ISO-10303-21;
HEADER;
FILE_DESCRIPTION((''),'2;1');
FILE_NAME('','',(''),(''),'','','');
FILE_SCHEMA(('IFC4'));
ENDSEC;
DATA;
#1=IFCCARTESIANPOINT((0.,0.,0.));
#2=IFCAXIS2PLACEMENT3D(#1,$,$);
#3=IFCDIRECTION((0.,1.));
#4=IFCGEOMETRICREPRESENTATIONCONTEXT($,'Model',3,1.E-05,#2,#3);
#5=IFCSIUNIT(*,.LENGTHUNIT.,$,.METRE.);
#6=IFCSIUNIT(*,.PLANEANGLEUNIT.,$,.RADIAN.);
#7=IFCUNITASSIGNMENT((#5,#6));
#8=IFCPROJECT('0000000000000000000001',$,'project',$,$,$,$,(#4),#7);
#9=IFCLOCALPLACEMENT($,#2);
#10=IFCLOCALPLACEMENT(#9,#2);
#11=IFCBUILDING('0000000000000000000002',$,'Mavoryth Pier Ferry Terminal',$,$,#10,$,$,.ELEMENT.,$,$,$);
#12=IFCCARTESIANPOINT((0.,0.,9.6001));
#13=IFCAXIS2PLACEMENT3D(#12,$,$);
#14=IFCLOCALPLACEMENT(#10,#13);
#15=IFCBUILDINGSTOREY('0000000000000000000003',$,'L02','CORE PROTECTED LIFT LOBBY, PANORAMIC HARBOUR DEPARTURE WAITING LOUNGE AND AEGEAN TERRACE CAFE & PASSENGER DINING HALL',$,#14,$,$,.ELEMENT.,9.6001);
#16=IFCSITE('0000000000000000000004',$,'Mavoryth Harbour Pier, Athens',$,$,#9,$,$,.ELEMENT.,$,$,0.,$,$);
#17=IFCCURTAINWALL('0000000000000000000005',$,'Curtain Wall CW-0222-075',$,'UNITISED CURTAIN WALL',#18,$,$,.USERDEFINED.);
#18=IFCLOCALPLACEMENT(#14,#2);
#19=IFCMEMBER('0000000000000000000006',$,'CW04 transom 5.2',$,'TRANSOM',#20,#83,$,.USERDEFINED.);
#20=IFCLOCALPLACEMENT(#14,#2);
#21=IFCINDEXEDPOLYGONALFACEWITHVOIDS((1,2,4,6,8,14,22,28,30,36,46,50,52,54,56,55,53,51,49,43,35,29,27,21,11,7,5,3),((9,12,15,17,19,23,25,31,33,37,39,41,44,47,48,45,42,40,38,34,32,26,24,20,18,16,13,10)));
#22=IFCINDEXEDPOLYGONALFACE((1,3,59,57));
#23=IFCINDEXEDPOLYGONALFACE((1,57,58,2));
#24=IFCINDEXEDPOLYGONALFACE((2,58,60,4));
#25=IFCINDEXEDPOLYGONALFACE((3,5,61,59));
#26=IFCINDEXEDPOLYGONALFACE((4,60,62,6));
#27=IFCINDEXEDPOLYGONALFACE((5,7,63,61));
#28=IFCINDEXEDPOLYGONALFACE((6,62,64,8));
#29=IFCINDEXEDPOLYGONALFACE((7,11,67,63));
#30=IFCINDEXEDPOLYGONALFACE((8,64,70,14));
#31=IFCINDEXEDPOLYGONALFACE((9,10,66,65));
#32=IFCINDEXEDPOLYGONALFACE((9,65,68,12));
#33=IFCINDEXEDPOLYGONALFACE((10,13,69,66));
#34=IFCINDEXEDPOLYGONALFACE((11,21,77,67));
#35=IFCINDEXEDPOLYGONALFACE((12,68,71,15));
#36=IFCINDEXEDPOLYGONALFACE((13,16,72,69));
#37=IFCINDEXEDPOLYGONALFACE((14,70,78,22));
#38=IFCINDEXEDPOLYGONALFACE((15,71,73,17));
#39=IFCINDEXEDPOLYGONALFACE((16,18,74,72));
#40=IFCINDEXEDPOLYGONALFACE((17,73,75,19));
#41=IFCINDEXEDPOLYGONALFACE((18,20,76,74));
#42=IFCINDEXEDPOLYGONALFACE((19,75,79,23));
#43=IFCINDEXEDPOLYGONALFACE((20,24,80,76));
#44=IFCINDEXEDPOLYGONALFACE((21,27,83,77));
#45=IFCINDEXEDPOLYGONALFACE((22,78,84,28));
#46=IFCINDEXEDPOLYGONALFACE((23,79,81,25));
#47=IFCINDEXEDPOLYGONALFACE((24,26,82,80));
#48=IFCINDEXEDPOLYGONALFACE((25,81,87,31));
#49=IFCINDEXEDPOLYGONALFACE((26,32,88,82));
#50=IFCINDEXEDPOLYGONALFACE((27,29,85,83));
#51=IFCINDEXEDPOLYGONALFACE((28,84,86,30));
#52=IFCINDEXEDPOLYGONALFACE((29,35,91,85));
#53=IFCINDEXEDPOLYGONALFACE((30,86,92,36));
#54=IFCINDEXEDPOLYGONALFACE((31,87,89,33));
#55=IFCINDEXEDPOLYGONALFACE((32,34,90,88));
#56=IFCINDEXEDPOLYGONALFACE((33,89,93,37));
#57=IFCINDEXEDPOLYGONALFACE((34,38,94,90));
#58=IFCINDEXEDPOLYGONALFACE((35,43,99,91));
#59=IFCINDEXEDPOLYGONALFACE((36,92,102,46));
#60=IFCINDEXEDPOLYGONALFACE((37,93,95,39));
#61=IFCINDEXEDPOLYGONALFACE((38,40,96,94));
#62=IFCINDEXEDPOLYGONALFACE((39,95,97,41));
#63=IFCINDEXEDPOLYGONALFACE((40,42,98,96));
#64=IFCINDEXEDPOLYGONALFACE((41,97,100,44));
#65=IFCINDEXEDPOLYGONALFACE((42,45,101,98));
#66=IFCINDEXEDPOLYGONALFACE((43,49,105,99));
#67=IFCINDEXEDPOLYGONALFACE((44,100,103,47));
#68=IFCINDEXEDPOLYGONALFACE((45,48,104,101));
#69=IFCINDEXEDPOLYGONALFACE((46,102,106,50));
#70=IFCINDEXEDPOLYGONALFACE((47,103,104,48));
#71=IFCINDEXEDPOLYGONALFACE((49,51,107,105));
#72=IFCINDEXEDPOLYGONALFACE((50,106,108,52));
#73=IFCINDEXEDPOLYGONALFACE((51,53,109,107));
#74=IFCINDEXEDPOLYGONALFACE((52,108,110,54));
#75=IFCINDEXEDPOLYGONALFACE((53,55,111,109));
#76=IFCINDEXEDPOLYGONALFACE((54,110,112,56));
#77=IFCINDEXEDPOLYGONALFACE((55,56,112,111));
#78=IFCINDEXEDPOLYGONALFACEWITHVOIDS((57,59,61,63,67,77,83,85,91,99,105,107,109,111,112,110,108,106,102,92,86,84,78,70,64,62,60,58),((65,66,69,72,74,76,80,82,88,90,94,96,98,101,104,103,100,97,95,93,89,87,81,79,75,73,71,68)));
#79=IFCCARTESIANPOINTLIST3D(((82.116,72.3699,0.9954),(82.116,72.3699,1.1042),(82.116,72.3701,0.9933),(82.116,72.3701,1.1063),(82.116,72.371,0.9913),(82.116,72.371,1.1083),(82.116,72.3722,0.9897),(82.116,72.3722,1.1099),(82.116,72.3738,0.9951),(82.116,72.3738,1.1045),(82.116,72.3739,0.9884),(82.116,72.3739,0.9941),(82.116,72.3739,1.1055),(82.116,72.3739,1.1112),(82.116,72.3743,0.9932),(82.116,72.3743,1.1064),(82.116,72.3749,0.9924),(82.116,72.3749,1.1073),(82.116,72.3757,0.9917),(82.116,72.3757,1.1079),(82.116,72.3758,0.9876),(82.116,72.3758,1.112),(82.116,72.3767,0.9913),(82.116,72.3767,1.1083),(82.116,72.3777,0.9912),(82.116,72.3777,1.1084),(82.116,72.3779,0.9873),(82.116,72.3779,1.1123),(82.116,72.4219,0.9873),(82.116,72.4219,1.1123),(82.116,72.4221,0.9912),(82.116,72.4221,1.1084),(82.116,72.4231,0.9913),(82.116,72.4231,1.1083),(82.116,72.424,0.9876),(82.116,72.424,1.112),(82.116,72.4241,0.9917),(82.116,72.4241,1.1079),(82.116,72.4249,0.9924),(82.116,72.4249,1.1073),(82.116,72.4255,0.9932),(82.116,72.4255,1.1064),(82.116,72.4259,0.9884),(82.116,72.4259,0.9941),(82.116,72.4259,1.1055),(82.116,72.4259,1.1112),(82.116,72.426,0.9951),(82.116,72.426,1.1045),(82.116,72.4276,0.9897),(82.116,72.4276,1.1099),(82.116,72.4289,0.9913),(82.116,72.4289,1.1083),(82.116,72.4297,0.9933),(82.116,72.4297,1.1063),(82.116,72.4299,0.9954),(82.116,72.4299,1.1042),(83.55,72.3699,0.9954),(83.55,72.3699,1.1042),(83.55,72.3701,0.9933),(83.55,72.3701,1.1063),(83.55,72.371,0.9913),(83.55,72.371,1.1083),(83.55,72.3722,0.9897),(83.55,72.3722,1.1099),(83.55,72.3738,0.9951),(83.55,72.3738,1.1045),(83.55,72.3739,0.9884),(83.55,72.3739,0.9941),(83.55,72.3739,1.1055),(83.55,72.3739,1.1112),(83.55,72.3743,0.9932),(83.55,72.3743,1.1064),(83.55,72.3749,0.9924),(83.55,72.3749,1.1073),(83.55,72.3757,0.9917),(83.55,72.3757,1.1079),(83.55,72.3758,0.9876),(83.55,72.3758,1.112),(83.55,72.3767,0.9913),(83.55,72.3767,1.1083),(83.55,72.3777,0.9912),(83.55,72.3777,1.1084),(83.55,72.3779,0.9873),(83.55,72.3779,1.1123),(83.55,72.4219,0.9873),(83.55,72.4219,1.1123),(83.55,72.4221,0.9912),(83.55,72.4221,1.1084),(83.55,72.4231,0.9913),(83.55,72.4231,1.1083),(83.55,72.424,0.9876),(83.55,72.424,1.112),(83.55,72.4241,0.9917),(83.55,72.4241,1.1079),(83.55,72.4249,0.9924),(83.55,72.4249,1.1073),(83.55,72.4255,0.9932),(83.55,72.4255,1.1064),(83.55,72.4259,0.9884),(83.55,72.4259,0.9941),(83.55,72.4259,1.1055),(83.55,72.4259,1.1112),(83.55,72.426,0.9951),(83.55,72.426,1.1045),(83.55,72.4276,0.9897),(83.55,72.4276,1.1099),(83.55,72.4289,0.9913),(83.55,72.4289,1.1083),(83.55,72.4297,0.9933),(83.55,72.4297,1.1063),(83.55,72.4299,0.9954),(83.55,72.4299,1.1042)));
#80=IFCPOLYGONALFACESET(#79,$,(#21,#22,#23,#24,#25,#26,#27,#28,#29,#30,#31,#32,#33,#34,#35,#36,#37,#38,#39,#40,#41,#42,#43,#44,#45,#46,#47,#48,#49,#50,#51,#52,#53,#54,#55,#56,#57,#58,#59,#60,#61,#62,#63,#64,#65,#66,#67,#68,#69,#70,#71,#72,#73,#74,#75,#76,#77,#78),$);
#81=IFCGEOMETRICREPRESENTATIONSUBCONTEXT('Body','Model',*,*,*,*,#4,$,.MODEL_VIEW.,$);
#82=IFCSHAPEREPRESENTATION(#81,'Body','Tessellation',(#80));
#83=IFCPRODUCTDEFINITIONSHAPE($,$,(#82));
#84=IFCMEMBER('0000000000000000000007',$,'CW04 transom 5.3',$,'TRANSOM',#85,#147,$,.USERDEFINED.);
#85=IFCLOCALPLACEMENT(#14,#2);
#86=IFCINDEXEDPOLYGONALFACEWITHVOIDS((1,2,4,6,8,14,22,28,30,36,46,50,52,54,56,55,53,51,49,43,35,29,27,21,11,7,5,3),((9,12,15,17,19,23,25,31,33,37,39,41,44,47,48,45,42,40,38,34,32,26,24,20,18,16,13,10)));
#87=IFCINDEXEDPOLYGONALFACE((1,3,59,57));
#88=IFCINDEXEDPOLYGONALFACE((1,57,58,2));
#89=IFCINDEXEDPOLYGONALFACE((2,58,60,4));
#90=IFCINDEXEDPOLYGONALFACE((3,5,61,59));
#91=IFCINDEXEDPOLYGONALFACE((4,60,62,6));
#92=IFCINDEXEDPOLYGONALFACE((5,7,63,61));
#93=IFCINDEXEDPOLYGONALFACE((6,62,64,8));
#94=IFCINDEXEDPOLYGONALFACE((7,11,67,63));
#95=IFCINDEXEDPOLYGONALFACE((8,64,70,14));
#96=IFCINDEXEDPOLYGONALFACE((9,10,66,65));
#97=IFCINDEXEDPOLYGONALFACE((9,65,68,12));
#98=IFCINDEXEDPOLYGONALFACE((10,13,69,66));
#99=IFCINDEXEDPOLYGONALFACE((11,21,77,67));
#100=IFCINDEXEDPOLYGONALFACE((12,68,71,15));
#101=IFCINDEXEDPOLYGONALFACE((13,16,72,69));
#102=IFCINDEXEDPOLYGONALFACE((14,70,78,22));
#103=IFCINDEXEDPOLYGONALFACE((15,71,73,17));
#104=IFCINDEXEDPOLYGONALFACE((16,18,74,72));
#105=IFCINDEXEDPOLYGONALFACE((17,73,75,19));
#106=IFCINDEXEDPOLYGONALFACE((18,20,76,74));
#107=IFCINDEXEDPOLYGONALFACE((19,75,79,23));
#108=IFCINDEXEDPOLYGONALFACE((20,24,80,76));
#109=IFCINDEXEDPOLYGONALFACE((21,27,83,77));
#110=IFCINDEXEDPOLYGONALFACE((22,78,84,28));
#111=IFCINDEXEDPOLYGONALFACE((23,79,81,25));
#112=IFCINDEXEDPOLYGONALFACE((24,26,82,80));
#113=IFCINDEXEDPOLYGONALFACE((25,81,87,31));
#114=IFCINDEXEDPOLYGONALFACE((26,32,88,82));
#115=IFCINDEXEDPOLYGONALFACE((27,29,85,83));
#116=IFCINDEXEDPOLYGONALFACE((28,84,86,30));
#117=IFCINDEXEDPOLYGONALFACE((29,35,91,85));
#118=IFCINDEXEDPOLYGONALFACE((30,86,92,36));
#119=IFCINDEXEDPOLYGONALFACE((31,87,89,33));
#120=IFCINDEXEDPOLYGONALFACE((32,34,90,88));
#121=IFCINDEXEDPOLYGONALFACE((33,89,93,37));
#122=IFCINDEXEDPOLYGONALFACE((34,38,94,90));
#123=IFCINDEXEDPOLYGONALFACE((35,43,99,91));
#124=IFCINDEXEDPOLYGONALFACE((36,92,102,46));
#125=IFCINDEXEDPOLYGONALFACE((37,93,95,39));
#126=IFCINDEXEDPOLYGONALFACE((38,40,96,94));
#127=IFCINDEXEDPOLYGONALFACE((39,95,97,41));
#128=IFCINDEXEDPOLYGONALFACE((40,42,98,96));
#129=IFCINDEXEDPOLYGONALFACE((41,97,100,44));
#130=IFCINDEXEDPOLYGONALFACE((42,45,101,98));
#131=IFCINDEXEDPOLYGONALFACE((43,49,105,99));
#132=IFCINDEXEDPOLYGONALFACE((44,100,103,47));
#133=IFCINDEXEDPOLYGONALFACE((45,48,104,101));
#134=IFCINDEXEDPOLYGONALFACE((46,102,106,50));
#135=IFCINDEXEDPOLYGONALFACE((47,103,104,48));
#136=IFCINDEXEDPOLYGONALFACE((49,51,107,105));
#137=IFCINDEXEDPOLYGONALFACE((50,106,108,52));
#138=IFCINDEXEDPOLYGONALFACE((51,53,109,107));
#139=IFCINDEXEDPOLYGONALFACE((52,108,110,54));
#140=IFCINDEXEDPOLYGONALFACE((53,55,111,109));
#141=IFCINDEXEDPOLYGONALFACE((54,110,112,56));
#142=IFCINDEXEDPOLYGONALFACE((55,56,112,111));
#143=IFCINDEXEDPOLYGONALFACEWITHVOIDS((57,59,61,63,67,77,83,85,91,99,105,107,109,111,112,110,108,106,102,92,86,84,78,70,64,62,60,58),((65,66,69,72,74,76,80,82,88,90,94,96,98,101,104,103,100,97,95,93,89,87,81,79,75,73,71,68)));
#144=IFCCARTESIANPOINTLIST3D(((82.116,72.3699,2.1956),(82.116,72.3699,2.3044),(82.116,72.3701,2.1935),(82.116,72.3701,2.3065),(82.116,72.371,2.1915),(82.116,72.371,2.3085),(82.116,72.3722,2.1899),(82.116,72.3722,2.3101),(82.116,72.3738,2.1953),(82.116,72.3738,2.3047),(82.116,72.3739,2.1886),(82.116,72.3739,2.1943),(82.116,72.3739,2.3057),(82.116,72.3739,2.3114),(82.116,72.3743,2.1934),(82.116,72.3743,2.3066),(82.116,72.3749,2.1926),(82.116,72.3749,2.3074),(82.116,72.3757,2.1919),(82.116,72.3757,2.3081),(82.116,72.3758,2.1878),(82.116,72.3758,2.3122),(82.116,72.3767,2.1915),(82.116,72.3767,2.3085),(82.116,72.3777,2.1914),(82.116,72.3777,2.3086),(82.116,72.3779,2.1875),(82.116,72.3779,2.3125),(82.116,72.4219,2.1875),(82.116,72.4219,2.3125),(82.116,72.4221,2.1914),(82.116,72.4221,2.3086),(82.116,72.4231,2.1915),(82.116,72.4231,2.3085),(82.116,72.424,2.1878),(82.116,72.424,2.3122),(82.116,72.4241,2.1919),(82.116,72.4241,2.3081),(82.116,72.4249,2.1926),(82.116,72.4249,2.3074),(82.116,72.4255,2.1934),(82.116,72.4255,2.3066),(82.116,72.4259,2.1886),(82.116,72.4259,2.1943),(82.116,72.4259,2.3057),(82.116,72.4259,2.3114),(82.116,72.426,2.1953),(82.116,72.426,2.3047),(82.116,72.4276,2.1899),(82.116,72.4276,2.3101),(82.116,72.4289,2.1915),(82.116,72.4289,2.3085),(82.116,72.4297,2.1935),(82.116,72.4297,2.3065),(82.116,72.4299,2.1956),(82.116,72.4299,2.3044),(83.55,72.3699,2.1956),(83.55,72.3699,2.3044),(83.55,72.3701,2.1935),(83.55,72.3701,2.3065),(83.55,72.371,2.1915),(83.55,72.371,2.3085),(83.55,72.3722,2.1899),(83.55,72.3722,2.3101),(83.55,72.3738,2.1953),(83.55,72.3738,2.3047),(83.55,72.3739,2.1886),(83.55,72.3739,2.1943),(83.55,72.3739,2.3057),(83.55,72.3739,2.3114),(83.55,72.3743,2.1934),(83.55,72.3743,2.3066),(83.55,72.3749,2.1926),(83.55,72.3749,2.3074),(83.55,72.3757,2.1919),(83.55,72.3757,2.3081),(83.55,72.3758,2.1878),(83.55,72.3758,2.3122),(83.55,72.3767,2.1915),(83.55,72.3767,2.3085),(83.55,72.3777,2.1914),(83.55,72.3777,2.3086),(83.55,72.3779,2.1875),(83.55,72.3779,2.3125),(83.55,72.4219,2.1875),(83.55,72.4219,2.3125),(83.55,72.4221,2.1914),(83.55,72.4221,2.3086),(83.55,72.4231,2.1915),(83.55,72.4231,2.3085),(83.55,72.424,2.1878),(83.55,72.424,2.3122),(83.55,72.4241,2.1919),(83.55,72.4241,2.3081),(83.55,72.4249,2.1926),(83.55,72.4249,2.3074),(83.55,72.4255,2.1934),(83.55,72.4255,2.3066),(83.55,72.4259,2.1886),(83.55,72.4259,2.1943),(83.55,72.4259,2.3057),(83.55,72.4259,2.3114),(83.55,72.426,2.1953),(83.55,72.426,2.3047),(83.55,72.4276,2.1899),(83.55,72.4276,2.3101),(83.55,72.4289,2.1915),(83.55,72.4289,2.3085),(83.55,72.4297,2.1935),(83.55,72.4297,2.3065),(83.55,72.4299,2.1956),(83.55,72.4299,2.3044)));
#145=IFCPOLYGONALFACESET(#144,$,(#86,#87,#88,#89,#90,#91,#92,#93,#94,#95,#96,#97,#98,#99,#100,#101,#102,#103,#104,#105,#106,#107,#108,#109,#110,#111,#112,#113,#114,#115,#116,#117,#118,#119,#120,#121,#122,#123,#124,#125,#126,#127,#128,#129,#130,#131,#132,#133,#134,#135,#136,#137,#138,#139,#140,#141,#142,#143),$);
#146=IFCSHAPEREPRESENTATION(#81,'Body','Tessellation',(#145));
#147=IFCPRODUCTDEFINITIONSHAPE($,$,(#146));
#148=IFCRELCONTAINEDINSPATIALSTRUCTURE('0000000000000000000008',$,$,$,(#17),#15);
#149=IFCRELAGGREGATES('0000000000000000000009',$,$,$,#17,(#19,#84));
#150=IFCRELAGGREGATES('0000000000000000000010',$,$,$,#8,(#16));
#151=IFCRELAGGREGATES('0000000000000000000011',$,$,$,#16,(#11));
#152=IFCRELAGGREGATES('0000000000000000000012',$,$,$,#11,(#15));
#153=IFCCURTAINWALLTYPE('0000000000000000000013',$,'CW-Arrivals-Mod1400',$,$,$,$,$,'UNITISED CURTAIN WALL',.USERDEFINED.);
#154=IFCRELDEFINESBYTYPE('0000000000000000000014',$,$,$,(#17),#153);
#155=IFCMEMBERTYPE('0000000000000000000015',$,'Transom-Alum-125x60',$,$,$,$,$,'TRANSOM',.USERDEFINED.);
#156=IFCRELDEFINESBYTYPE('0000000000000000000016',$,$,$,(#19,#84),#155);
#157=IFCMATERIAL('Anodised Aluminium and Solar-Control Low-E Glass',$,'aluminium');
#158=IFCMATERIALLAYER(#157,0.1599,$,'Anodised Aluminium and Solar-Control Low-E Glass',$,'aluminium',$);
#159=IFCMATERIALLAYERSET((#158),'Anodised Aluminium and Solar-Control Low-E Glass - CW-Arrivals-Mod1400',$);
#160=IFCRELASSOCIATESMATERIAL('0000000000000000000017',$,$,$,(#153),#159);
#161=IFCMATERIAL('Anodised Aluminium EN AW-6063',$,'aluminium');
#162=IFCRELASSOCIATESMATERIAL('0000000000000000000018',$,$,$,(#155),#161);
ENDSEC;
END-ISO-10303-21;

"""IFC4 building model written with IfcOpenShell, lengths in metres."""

from ifc_helpers import new_model, si_unit, direction, frame, origin, origin_2d, place, context, subcontext, project, spatial, hollow_rectangle, extrude, material, layer, layer_set, material_profile, profile_set, type_object, element, aggregate, save


model = new_model("IFC4")

# Units and contexts
model_context = context("Model", 3, precision=1e-05, world=origin(), true_north=direction((0.0, 1.0)))
body_context = subcontext(model_context, "Body", "Model", "MODEL_VIEW")
ifc_project = project(units=[si_unit("LENGTHUNIT", "METRE"), si_unit("PLANEANGLEUNIT", "RADIAN")], contexts=[model_context])

# Site, building, storey
site_placement = place(None, origin())
site = spatial("IfcSite", under=ifc_project, at=site_placement, Name="Mavoryth Harbour Pier, Athens", CompositionType="ELEMENT", RefElevation=0.0)
building_placement = place(site_placement, origin())
building = spatial("IfcBuilding", under=site, at=building_placement, Name="Mavoryth Pier Ferry Terminal", CompositionType="ELEMENT")
storey_placement = place(building_placement, frame((0.0, 0.0, 9.6001)))
storey = spatial("IfcBuildingStorey", under=building, at=storey_placement, Name="L02", Description="CORE PROTECTED LIFT LOBBY, PANORAMIC HARBOUR DEPARTURE WAITING LOUNGE AND AEGEAN TERRACE CAFE & PASSENGER DINING HALL", CompositionType="ELEMENT", Elevation=9.6001)

# Curtain wall, members
ifc_material_1 = material(Name="Anodised Aluminium and Solar-Control Low-E Glass", Category="aluminium")
ifc_layer_1 = layer(ifc_material_1, 0.1599, Name="Anodised Aluminium and Solar-Control Low-E Glass", Category="aluminium")
ifc_layer_set_1 = layer_set([ifc_layer_1], Name="Anodised Aluminium and Solar-Control Low-E Glass - CW-Arrivals-Mod1400")
curtain_wall_type = type_object("IfcCurtainWallType", Name="CW-Arrivals-Mod1400", ElementType="UNITISED CURTAIN WALL", PredefinedType="USERDEFINED", material=ifc_layer_set_1)
curtain_wall_placement = place(storey_placement, origin())
curtain_wall = element("IfcCurtainWall", 1, at=curtain_wall_placement, inside=storey, type_object=curtain_wall_type, Name="Curtain Wall CW-0222-075", ObjectType="UNITISED CURTAIN WALL", PredefinedType="USERDEFINED")
ifc_material_2 = material(Name="Anodised Aluminium EN AW-6063", Category="aluminium")
ifc_material_profile_1 = material_profile(ifc_material_2, hollow_rectangle(XDim=0.0601, YDim=0.125, WallThickness=0.0039, InnerFilletRadius=0.0039, OuterFilletRadius=0.0081, at=origin_2d()), Name="AL-TRAN 125x60x4", Category="aluminium")
ifc_profile_set_1 = profile_set([ifc_material_profile_1], Name="Anodised Aluminium EN AW-6063 - AL-TRAN 125x60x4")
member_type_1 = type_object("IfcMemberType", Name="Transom-Alum-125x60", ElementType="TRANSOM", PredefinedType="USERDEFINED", material=ifc_profile_set_1)
member_1_placement = place(storey_placement, frame((82.116, 72.3999, 1.0498), z_axis=(1.0, 0.0, 0.0), x_axis=(0.0, 1.0, 0.0)))
member_1 = element("IfcMember", 2, at=member_1_placement, type_object=member_type_1, Name="CW04 transom 5.2", ObjectType="TRANSOM", PredefinedType="USERDEFINED", context=body_context, shape_type="SweptSolid", body=[
    extrude(hollow_rectangle(XDim=0.0601, YDim=0.125, WallThickness=0.0039, InnerFilletRadius=0.0039, OuterFilletRadius=0.0081, at=origin_2d()), origin(), (0.0, 0.0, 1.0), 1.4341),
])
member_2_placement = place(storey_placement, frame((82.116, 72.3999, 2.25), z_axis=(1.0, 0.0, 0.0), x_axis=(0.0, 1.0, 0.0)))
member_2 = element("IfcMember", 3, at=member_2_placement, type_object=member_type_1, Name="CW04 transom 5.3", ObjectType="TRANSOM", PredefinedType="USERDEFINED", context=body_context, shape_type="SweptSolid", body=[
    extrude(hollow_rectangle(XDim=0.0601, YDim=0.125, WallThickness=0.0039, InnerFilletRadius=0.0039, OuterFilletRadius=0.0081, at=origin_2d()), origin(), (0.0, 0.0, 1.0), 1.4341),
])
aggregate(curtain_wall, [member_1, member_2])

save(model, "model.ifc")
